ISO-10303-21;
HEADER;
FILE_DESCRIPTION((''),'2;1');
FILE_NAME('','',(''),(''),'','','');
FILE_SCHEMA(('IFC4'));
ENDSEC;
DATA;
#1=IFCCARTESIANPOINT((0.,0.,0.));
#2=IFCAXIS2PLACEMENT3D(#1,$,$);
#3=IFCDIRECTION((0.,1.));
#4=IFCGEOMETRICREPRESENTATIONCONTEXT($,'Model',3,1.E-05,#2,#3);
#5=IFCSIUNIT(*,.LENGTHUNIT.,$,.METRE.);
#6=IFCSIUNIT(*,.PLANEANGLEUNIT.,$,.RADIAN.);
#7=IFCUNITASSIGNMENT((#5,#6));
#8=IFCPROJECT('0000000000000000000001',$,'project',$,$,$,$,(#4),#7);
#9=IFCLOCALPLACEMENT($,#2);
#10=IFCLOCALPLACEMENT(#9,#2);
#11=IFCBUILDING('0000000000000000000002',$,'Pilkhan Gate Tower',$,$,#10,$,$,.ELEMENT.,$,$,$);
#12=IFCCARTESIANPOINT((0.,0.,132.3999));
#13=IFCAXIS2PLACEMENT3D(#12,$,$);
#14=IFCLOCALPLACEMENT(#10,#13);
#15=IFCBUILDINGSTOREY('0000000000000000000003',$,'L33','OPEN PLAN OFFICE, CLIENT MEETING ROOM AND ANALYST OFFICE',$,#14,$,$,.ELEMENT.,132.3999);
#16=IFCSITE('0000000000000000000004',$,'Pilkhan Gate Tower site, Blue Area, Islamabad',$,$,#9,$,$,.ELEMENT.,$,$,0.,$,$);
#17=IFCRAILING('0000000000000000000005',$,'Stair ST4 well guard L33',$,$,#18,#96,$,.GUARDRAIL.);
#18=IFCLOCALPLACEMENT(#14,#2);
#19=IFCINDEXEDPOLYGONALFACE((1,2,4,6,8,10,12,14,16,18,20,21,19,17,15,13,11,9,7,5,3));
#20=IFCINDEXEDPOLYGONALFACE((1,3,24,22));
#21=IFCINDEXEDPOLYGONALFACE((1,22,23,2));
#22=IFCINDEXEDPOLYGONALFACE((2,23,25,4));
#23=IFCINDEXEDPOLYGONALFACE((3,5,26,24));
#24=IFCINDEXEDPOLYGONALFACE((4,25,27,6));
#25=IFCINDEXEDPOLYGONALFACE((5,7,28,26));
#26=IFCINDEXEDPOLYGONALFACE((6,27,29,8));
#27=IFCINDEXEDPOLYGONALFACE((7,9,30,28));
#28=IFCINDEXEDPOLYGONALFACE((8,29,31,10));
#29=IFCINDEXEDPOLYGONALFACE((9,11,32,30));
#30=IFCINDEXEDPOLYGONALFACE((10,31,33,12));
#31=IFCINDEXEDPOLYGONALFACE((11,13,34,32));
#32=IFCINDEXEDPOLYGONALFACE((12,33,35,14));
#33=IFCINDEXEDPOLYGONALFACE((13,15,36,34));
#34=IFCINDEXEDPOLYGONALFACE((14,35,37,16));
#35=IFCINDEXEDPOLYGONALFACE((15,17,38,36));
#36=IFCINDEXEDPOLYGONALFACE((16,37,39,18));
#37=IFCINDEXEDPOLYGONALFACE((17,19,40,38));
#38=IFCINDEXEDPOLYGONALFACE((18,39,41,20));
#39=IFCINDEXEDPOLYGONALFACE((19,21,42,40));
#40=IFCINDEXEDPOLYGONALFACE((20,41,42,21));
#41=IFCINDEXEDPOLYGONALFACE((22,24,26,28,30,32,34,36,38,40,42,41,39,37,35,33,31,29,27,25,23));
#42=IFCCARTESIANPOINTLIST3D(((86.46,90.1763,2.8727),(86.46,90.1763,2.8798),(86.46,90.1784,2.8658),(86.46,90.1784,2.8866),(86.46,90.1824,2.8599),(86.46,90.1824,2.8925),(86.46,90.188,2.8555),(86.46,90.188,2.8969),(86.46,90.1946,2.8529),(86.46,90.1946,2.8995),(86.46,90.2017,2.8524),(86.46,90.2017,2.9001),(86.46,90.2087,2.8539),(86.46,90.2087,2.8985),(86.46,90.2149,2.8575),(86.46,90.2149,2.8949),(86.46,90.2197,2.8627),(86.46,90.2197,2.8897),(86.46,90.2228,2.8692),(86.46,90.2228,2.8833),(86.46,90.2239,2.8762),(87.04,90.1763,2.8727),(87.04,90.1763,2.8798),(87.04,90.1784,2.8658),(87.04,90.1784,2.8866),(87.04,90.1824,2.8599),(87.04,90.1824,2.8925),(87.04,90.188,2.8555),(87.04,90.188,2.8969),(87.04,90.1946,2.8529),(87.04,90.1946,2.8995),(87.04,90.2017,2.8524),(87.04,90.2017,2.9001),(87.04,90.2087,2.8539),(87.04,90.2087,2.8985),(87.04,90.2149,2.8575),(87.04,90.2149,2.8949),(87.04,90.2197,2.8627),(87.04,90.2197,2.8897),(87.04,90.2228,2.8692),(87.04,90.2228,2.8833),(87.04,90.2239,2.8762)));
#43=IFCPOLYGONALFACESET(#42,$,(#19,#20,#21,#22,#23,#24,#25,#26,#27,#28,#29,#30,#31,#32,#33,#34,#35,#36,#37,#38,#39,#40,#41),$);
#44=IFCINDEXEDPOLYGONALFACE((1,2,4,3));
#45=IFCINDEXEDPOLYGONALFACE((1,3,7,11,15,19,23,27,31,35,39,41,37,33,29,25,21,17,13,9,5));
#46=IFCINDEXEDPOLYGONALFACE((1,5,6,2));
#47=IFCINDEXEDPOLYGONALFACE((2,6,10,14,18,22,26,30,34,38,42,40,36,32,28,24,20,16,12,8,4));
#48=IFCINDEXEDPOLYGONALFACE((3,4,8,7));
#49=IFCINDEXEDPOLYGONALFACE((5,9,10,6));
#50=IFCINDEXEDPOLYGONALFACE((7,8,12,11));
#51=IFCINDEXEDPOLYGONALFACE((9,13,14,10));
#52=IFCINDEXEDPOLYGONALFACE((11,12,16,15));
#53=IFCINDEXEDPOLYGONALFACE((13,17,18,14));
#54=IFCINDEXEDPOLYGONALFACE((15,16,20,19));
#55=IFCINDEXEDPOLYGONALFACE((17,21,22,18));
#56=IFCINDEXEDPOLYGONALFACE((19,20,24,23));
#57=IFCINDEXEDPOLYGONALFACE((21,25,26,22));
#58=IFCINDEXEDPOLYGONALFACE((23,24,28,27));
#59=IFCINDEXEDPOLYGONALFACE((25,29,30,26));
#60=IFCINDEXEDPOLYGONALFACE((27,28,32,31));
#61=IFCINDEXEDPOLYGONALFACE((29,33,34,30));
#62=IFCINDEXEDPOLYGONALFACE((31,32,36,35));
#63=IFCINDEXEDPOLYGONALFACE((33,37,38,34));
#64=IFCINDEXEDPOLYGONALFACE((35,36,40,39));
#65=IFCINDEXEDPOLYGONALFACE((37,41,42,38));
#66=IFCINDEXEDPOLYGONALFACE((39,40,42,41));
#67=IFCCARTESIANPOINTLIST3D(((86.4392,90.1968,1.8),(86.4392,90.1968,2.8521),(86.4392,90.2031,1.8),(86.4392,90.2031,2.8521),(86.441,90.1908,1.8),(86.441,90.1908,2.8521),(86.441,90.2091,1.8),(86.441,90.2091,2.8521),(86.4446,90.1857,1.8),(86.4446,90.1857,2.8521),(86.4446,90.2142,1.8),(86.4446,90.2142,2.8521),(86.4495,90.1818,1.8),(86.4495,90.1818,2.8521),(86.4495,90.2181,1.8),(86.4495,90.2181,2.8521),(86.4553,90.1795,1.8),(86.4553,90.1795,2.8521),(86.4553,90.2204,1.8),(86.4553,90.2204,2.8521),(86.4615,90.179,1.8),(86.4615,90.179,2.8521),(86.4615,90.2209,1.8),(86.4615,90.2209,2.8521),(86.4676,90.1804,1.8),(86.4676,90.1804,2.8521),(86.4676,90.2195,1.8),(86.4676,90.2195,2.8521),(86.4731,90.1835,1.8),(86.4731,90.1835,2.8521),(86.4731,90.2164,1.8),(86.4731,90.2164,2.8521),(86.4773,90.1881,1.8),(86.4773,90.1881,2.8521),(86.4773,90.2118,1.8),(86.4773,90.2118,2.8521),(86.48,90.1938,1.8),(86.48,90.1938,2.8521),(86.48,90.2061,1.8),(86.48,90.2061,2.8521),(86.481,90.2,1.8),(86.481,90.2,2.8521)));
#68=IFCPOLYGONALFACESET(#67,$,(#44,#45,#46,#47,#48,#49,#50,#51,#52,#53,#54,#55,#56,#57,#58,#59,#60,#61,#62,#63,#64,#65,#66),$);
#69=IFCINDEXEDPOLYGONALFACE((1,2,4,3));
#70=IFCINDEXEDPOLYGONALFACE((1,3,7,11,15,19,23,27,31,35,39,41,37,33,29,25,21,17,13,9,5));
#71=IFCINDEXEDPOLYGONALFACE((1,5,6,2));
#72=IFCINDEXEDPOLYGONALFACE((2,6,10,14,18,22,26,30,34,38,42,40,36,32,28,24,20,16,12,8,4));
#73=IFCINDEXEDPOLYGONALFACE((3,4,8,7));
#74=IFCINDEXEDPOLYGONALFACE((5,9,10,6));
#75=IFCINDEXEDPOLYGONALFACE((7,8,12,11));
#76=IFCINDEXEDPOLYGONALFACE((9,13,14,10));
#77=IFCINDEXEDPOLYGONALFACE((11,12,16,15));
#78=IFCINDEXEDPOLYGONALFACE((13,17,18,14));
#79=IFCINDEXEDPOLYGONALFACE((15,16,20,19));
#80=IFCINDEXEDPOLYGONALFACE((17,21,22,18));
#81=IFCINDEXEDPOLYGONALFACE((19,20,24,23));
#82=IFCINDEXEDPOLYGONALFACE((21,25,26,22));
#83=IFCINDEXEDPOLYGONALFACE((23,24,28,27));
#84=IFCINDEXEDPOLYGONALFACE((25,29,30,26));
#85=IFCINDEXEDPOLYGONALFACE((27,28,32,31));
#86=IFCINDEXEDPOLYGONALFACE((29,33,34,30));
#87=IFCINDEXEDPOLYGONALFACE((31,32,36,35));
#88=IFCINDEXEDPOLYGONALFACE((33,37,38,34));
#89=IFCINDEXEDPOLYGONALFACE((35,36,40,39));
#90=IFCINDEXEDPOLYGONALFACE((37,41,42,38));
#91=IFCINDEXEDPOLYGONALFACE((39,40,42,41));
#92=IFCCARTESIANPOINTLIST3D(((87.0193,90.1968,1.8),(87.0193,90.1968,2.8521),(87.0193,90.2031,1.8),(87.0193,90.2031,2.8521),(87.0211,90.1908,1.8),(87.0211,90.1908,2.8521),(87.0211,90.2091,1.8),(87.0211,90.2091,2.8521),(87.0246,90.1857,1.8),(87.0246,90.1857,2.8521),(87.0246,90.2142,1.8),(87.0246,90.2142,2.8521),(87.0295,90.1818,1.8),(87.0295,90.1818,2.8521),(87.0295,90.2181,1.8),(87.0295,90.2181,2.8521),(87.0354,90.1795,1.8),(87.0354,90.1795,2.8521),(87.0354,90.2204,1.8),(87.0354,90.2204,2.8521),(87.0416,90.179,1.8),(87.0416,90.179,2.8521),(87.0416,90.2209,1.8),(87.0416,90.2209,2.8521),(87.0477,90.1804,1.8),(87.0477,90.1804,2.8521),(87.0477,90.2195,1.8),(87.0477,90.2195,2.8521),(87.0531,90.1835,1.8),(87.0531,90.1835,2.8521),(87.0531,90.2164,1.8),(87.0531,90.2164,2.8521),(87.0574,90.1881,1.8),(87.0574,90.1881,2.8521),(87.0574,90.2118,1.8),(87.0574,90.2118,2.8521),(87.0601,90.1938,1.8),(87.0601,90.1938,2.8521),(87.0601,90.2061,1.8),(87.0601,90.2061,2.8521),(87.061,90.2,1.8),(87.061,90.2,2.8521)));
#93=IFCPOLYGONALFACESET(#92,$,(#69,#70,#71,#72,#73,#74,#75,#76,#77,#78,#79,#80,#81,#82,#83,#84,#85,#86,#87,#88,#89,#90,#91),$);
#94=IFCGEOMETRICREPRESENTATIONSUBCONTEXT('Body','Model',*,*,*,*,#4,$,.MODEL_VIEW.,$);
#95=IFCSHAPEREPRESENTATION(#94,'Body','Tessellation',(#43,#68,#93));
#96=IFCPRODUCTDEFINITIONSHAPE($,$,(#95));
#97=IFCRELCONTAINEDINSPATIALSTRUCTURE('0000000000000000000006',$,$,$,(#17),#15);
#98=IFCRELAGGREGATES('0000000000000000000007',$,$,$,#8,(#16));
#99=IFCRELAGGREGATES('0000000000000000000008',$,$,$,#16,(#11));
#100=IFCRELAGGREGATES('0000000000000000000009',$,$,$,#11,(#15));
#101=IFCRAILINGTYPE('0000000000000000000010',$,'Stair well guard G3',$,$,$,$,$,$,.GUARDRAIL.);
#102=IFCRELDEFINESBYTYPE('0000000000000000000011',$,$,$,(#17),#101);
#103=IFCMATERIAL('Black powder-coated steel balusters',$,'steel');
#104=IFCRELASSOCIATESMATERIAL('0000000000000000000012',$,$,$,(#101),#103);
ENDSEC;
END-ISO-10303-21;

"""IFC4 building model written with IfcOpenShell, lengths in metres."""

from ifc_helpers import new_model, si_unit, direction, frame, origin, origin_2d, place, context, subcontext, project, spatial, circle, extrude, material, type_object, element, save


model = new_model("IFC4")

# Units and contexts
model_context = context("Model", 3, precision=1e-05, world=origin(), true_north=direction((0.0, 1.0)))
body_context = subcontext(model_context, "Body", "Model", "MODEL_VIEW")
ifc_project = project(units=[si_unit("LENGTHUNIT", "METRE"), si_unit("PLANEANGLEUNIT", "RADIAN")], contexts=[model_context])

# Site, building, storey
site_placement = place(None, origin())
site = spatial("IfcSite", under=ifc_project, at=site_placement, Name="Pilkhan Gate Tower site, Blue Area, Islamabad", CompositionType="ELEMENT", RefElevation=0.0)
building_placement = place(site_placement, origin())
building = spatial("IfcBuilding", under=site, at=building_placement, Name="Pilkhan Gate Tower", CompositionType="ELEMENT")
storey_placement = place(building_placement, frame((0.0, 0.0, 132.3999)))
storey = spatial("IfcBuildingStorey", under=building, at=storey_placement, Name="L33", Description="OPEN PLAN OFFICE, CLIENT MEETING ROOM AND ANALYST OFFICE", CompositionType="ELEMENT", Elevation=132.3999)

# Railing
ifc_material_1 = material(Name="Black powder-coated steel balusters", Category="steel")
railing_type_1 = type_object("IfcRailingType", Name="Stair well guard G3", PredefinedType="GUARDRAIL", material=ifc_material_1)
for number, where, name in (
    (1, (86.46, 90.2, 1.8), "Stair ST4 well guard L33"),
):
    element("IfcRailing", number, at=place(storey_placement, frame(where)), inside=storey, type_object=railing_type_1, Name=name, PredefinedType="GUARDRAIL", context=body_context, shape_type="SweptSolid", body=[
        extrude(circle(Radius=0.0239, at=origin_2d()), frame((0.0, 0.0, 1.0762), z_axis=(1.0, 0.0, 0.0), x_axis=(0.0, 1.0, 0.0)), (0.0, 0.0, 1.0), 0.5801),
        extrude(circle(Radius=0.021, at=origin_2d()), origin(), (0.0, 0.0, 1.0), 1.052),
        extrude(circle(Radius=0.021, at=origin_2d()), frame((0.5801, 0.0, 0.0)), (0.0, 0.0, 1.0), 1.052),
    ])

save(model, "model.ifc")
